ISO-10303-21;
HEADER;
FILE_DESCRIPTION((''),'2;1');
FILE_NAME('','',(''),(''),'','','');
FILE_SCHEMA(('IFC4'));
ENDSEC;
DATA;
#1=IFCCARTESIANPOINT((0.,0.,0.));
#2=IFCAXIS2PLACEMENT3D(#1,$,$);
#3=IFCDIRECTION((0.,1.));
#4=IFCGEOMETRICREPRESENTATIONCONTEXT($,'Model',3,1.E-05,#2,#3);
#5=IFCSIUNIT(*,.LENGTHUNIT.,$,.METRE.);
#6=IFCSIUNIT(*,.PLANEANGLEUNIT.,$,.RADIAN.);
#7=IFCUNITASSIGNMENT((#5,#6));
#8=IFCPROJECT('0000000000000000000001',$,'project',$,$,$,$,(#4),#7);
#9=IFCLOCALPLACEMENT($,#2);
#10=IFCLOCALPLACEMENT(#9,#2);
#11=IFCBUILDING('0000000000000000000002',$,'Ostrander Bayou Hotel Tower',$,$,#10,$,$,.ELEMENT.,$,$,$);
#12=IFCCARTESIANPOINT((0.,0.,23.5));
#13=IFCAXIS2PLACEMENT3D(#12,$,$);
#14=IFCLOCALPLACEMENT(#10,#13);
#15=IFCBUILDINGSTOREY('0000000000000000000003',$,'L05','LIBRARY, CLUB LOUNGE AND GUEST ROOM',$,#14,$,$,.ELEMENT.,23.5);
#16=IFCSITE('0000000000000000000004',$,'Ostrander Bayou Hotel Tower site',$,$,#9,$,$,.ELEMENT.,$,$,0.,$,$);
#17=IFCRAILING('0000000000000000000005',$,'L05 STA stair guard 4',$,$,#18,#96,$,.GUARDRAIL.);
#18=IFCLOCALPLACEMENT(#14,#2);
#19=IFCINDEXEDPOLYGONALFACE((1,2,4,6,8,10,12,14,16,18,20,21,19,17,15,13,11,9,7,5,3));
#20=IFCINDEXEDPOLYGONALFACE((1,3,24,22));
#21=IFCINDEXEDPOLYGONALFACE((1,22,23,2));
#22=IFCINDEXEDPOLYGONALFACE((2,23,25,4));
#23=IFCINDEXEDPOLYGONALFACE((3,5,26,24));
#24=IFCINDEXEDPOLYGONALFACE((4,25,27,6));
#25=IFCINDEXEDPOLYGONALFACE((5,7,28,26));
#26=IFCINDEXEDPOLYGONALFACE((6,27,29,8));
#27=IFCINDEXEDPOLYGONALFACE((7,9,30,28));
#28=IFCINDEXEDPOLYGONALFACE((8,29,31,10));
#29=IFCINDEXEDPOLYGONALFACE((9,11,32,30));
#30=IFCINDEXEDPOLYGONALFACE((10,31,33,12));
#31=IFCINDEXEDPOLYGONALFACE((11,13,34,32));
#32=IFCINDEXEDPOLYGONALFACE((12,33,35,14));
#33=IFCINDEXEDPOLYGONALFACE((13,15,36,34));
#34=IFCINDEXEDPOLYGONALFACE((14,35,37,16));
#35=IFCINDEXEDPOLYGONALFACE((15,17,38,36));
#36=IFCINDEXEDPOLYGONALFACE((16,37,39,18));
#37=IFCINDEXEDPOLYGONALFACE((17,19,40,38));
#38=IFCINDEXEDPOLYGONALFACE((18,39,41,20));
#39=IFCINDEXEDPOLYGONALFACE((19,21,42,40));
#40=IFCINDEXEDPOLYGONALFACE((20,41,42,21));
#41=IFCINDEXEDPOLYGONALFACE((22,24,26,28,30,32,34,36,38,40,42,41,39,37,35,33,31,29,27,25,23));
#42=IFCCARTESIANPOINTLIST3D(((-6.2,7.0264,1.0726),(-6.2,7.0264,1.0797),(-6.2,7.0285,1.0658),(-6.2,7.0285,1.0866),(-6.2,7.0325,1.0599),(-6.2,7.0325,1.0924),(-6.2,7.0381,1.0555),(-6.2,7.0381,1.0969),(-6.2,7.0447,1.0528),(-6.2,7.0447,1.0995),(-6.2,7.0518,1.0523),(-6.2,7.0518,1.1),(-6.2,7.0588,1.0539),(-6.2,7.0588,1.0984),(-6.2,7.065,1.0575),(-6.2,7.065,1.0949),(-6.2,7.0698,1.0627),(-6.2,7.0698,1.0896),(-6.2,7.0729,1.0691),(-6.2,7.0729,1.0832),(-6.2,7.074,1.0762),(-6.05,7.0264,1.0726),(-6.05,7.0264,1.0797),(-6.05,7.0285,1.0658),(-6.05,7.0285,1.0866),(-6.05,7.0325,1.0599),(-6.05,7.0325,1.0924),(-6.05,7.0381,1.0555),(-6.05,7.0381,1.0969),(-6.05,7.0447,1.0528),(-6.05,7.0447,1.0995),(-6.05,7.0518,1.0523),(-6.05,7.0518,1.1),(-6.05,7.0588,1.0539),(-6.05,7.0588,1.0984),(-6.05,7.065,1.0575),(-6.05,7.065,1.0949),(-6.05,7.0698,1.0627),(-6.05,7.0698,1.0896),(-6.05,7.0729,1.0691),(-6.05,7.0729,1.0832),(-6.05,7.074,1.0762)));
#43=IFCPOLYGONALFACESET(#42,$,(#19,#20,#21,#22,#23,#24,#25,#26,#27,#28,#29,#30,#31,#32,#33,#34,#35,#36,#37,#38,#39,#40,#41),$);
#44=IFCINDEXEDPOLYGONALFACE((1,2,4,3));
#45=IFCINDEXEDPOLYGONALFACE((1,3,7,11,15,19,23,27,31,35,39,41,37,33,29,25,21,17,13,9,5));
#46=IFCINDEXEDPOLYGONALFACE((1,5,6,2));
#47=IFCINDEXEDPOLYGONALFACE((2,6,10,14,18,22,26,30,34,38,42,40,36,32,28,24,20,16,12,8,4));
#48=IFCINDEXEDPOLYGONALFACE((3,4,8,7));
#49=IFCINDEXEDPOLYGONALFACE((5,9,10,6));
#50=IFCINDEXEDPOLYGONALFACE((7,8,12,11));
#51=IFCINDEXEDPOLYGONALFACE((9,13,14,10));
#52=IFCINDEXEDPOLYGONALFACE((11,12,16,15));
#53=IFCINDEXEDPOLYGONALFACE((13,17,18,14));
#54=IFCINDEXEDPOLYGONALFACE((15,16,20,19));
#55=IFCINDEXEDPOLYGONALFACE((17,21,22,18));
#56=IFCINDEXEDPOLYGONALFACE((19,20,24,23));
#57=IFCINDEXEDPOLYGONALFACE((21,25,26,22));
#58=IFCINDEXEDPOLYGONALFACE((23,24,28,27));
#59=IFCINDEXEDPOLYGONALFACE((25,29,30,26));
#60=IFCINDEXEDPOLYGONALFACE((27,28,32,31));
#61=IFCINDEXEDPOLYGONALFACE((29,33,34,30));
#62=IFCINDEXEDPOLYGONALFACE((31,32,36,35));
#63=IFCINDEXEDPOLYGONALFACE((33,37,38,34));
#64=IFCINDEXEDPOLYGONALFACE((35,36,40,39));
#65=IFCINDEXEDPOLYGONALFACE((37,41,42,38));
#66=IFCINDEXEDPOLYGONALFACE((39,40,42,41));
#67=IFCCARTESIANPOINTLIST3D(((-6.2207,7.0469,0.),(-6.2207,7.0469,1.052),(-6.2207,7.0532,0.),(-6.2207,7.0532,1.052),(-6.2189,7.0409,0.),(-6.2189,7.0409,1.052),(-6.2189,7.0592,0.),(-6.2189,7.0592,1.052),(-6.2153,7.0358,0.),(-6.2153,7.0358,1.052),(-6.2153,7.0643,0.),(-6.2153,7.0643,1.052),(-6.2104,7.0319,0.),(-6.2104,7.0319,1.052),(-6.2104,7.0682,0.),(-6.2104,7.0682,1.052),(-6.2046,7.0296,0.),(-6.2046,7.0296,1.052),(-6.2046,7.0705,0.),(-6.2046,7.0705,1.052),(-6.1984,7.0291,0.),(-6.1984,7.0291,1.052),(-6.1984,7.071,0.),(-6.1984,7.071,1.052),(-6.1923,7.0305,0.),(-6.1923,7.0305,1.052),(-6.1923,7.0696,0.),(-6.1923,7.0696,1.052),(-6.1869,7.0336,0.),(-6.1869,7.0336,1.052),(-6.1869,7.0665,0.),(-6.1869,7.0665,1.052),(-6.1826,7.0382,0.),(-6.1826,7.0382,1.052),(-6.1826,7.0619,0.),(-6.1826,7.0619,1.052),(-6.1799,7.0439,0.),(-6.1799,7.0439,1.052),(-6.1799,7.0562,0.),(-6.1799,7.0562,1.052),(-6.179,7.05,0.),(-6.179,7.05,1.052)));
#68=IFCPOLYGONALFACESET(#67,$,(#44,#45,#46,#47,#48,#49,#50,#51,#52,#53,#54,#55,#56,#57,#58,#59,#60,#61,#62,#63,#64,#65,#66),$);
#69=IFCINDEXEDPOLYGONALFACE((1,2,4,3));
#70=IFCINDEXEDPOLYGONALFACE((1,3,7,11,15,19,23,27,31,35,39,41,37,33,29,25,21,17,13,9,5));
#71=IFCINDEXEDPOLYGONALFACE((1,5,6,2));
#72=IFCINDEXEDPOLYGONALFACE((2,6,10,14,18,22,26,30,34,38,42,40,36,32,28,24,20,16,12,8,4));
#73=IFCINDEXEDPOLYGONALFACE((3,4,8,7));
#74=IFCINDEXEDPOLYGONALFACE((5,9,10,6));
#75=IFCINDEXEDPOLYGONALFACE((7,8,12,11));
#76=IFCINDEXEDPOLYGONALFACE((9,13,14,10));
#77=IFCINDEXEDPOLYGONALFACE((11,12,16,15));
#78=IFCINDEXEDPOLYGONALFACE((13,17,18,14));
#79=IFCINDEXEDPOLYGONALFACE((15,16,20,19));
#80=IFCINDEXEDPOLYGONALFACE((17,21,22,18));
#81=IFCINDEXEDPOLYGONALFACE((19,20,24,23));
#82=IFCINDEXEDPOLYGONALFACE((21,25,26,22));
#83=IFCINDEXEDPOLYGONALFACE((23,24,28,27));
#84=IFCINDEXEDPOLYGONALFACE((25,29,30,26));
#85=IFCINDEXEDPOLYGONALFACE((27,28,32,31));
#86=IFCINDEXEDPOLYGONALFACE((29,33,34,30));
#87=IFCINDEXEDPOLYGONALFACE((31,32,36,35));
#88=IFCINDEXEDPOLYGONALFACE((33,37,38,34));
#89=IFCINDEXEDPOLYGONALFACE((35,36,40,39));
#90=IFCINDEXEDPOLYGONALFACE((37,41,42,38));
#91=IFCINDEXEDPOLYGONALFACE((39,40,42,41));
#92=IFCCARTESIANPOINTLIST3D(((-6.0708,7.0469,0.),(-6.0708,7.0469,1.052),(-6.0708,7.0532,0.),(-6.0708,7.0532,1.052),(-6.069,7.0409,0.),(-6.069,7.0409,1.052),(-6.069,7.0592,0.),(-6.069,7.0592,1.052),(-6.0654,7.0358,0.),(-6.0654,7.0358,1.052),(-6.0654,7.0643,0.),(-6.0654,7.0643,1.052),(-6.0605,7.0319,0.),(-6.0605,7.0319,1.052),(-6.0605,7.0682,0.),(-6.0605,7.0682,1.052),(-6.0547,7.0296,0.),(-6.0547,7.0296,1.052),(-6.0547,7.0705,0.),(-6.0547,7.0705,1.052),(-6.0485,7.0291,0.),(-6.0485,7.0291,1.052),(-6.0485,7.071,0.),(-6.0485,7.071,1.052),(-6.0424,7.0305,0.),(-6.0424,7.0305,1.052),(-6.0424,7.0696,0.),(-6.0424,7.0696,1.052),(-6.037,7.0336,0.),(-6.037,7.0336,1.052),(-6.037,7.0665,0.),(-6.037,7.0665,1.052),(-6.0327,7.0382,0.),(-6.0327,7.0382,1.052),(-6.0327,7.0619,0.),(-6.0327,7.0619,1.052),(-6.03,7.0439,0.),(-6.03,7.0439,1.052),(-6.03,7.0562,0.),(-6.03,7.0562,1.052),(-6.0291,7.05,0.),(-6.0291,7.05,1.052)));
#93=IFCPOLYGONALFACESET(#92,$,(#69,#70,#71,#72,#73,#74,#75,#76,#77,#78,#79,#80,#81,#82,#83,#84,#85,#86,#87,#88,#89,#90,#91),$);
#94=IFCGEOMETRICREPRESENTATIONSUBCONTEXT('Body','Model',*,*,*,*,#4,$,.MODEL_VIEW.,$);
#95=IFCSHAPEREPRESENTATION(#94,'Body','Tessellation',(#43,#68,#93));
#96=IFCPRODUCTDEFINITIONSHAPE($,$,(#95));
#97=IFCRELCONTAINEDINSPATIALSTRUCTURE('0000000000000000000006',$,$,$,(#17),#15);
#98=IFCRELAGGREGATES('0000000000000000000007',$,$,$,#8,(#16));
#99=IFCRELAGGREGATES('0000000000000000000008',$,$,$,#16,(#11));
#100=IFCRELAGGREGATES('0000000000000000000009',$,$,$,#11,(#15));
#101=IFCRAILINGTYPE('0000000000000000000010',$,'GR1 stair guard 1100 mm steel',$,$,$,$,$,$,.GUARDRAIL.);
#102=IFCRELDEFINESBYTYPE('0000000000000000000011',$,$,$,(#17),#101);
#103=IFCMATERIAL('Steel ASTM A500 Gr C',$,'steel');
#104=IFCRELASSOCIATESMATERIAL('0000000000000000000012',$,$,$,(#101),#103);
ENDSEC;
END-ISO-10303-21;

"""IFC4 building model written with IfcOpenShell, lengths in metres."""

from ifc_helpers import new_model, si_unit, direction, frame, origin, origin_2d, place, context, subcontext, project, spatial, circle, extrude, material, type_object, element, save


model = new_model("IFC4")

# Units and contexts
model_context = context("Model", 3, precision=1e-05, world=origin(), true_north=direction((0.0, 1.0)))
body_context = subcontext(model_context, "Body", "Model", "MODEL_VIEW")
ifc_project = project(units=[si_unit("LENGTHUNIT", "METRE"), si_unit("PLANEANGLEUNIT", "RADIAN")], contexts=[model_context])

# Site, building, storey
site_placement = place(None, origin())
site = spatial("IfcSite", under=ifc_project, at=site_placement, Name="Ostrander Bayou Hotel Tower site", CompositionType="ELEMENT", RefElevation=0.0)
building_placement = place(site_placement, origin())
building = spatial("IfcBuilding", under=site, at=building_placement, Name="Ostrander Bayou Hotel Tower", CompositionType="ELEMENT")
storey_placement = place(building_placement, frame((0.0, 0.0, 23.5)))
storey = spatial("IfcBuildingStorey", under=building, at=storey_placement, Name="L05", Description="LIBRARY, CLUB LOUNGE AND GUEST ROOM", CompositionType="ELEMENT", Elevation=23.5)

# Railing
ifc_material_1 = material(Name="Steel ASTM A500 Gr C", Category="steel")
railing_type_1 = type_object("IfcRailingType", Name="GR1 stair guard 1100 mm steel", PredefinedType="GUARDRAIL", material=ifc_material_1)
railing_1_placement = place(storey_placement, frame((-6.2, 7.05, 0.0)))
element("IfcRailing", 1, at=railing_1_placement, inside=storey, type_object=railing_type_1, Name="L05 STA stair guard 4", PredefinedType="GUARDRAIL", context=body_context, shape_type="SweptSolid", body=[
    extrude(circle(Radius=0.0239, at=origin_2d()), frame((0.0, 0.0, 1.0762), z_axis=(1.0, 0.0, 0.0), x_axis=(0.0, 1.0, 0.0)), (0.0, 0.0, 1.0), 0.1499),
    extrude(circle(Radius=0.021, at=origin_2d()), origin(), (0.0, 0.0, 1.0), 1.052),
    extrude(circle(Radius=0.021, at=origin_2d()), frame((0.1499, 0.0, 0.0)), (0.0, 0.0, 1.0), 1.052),
])

save(model, "model.ifc")
